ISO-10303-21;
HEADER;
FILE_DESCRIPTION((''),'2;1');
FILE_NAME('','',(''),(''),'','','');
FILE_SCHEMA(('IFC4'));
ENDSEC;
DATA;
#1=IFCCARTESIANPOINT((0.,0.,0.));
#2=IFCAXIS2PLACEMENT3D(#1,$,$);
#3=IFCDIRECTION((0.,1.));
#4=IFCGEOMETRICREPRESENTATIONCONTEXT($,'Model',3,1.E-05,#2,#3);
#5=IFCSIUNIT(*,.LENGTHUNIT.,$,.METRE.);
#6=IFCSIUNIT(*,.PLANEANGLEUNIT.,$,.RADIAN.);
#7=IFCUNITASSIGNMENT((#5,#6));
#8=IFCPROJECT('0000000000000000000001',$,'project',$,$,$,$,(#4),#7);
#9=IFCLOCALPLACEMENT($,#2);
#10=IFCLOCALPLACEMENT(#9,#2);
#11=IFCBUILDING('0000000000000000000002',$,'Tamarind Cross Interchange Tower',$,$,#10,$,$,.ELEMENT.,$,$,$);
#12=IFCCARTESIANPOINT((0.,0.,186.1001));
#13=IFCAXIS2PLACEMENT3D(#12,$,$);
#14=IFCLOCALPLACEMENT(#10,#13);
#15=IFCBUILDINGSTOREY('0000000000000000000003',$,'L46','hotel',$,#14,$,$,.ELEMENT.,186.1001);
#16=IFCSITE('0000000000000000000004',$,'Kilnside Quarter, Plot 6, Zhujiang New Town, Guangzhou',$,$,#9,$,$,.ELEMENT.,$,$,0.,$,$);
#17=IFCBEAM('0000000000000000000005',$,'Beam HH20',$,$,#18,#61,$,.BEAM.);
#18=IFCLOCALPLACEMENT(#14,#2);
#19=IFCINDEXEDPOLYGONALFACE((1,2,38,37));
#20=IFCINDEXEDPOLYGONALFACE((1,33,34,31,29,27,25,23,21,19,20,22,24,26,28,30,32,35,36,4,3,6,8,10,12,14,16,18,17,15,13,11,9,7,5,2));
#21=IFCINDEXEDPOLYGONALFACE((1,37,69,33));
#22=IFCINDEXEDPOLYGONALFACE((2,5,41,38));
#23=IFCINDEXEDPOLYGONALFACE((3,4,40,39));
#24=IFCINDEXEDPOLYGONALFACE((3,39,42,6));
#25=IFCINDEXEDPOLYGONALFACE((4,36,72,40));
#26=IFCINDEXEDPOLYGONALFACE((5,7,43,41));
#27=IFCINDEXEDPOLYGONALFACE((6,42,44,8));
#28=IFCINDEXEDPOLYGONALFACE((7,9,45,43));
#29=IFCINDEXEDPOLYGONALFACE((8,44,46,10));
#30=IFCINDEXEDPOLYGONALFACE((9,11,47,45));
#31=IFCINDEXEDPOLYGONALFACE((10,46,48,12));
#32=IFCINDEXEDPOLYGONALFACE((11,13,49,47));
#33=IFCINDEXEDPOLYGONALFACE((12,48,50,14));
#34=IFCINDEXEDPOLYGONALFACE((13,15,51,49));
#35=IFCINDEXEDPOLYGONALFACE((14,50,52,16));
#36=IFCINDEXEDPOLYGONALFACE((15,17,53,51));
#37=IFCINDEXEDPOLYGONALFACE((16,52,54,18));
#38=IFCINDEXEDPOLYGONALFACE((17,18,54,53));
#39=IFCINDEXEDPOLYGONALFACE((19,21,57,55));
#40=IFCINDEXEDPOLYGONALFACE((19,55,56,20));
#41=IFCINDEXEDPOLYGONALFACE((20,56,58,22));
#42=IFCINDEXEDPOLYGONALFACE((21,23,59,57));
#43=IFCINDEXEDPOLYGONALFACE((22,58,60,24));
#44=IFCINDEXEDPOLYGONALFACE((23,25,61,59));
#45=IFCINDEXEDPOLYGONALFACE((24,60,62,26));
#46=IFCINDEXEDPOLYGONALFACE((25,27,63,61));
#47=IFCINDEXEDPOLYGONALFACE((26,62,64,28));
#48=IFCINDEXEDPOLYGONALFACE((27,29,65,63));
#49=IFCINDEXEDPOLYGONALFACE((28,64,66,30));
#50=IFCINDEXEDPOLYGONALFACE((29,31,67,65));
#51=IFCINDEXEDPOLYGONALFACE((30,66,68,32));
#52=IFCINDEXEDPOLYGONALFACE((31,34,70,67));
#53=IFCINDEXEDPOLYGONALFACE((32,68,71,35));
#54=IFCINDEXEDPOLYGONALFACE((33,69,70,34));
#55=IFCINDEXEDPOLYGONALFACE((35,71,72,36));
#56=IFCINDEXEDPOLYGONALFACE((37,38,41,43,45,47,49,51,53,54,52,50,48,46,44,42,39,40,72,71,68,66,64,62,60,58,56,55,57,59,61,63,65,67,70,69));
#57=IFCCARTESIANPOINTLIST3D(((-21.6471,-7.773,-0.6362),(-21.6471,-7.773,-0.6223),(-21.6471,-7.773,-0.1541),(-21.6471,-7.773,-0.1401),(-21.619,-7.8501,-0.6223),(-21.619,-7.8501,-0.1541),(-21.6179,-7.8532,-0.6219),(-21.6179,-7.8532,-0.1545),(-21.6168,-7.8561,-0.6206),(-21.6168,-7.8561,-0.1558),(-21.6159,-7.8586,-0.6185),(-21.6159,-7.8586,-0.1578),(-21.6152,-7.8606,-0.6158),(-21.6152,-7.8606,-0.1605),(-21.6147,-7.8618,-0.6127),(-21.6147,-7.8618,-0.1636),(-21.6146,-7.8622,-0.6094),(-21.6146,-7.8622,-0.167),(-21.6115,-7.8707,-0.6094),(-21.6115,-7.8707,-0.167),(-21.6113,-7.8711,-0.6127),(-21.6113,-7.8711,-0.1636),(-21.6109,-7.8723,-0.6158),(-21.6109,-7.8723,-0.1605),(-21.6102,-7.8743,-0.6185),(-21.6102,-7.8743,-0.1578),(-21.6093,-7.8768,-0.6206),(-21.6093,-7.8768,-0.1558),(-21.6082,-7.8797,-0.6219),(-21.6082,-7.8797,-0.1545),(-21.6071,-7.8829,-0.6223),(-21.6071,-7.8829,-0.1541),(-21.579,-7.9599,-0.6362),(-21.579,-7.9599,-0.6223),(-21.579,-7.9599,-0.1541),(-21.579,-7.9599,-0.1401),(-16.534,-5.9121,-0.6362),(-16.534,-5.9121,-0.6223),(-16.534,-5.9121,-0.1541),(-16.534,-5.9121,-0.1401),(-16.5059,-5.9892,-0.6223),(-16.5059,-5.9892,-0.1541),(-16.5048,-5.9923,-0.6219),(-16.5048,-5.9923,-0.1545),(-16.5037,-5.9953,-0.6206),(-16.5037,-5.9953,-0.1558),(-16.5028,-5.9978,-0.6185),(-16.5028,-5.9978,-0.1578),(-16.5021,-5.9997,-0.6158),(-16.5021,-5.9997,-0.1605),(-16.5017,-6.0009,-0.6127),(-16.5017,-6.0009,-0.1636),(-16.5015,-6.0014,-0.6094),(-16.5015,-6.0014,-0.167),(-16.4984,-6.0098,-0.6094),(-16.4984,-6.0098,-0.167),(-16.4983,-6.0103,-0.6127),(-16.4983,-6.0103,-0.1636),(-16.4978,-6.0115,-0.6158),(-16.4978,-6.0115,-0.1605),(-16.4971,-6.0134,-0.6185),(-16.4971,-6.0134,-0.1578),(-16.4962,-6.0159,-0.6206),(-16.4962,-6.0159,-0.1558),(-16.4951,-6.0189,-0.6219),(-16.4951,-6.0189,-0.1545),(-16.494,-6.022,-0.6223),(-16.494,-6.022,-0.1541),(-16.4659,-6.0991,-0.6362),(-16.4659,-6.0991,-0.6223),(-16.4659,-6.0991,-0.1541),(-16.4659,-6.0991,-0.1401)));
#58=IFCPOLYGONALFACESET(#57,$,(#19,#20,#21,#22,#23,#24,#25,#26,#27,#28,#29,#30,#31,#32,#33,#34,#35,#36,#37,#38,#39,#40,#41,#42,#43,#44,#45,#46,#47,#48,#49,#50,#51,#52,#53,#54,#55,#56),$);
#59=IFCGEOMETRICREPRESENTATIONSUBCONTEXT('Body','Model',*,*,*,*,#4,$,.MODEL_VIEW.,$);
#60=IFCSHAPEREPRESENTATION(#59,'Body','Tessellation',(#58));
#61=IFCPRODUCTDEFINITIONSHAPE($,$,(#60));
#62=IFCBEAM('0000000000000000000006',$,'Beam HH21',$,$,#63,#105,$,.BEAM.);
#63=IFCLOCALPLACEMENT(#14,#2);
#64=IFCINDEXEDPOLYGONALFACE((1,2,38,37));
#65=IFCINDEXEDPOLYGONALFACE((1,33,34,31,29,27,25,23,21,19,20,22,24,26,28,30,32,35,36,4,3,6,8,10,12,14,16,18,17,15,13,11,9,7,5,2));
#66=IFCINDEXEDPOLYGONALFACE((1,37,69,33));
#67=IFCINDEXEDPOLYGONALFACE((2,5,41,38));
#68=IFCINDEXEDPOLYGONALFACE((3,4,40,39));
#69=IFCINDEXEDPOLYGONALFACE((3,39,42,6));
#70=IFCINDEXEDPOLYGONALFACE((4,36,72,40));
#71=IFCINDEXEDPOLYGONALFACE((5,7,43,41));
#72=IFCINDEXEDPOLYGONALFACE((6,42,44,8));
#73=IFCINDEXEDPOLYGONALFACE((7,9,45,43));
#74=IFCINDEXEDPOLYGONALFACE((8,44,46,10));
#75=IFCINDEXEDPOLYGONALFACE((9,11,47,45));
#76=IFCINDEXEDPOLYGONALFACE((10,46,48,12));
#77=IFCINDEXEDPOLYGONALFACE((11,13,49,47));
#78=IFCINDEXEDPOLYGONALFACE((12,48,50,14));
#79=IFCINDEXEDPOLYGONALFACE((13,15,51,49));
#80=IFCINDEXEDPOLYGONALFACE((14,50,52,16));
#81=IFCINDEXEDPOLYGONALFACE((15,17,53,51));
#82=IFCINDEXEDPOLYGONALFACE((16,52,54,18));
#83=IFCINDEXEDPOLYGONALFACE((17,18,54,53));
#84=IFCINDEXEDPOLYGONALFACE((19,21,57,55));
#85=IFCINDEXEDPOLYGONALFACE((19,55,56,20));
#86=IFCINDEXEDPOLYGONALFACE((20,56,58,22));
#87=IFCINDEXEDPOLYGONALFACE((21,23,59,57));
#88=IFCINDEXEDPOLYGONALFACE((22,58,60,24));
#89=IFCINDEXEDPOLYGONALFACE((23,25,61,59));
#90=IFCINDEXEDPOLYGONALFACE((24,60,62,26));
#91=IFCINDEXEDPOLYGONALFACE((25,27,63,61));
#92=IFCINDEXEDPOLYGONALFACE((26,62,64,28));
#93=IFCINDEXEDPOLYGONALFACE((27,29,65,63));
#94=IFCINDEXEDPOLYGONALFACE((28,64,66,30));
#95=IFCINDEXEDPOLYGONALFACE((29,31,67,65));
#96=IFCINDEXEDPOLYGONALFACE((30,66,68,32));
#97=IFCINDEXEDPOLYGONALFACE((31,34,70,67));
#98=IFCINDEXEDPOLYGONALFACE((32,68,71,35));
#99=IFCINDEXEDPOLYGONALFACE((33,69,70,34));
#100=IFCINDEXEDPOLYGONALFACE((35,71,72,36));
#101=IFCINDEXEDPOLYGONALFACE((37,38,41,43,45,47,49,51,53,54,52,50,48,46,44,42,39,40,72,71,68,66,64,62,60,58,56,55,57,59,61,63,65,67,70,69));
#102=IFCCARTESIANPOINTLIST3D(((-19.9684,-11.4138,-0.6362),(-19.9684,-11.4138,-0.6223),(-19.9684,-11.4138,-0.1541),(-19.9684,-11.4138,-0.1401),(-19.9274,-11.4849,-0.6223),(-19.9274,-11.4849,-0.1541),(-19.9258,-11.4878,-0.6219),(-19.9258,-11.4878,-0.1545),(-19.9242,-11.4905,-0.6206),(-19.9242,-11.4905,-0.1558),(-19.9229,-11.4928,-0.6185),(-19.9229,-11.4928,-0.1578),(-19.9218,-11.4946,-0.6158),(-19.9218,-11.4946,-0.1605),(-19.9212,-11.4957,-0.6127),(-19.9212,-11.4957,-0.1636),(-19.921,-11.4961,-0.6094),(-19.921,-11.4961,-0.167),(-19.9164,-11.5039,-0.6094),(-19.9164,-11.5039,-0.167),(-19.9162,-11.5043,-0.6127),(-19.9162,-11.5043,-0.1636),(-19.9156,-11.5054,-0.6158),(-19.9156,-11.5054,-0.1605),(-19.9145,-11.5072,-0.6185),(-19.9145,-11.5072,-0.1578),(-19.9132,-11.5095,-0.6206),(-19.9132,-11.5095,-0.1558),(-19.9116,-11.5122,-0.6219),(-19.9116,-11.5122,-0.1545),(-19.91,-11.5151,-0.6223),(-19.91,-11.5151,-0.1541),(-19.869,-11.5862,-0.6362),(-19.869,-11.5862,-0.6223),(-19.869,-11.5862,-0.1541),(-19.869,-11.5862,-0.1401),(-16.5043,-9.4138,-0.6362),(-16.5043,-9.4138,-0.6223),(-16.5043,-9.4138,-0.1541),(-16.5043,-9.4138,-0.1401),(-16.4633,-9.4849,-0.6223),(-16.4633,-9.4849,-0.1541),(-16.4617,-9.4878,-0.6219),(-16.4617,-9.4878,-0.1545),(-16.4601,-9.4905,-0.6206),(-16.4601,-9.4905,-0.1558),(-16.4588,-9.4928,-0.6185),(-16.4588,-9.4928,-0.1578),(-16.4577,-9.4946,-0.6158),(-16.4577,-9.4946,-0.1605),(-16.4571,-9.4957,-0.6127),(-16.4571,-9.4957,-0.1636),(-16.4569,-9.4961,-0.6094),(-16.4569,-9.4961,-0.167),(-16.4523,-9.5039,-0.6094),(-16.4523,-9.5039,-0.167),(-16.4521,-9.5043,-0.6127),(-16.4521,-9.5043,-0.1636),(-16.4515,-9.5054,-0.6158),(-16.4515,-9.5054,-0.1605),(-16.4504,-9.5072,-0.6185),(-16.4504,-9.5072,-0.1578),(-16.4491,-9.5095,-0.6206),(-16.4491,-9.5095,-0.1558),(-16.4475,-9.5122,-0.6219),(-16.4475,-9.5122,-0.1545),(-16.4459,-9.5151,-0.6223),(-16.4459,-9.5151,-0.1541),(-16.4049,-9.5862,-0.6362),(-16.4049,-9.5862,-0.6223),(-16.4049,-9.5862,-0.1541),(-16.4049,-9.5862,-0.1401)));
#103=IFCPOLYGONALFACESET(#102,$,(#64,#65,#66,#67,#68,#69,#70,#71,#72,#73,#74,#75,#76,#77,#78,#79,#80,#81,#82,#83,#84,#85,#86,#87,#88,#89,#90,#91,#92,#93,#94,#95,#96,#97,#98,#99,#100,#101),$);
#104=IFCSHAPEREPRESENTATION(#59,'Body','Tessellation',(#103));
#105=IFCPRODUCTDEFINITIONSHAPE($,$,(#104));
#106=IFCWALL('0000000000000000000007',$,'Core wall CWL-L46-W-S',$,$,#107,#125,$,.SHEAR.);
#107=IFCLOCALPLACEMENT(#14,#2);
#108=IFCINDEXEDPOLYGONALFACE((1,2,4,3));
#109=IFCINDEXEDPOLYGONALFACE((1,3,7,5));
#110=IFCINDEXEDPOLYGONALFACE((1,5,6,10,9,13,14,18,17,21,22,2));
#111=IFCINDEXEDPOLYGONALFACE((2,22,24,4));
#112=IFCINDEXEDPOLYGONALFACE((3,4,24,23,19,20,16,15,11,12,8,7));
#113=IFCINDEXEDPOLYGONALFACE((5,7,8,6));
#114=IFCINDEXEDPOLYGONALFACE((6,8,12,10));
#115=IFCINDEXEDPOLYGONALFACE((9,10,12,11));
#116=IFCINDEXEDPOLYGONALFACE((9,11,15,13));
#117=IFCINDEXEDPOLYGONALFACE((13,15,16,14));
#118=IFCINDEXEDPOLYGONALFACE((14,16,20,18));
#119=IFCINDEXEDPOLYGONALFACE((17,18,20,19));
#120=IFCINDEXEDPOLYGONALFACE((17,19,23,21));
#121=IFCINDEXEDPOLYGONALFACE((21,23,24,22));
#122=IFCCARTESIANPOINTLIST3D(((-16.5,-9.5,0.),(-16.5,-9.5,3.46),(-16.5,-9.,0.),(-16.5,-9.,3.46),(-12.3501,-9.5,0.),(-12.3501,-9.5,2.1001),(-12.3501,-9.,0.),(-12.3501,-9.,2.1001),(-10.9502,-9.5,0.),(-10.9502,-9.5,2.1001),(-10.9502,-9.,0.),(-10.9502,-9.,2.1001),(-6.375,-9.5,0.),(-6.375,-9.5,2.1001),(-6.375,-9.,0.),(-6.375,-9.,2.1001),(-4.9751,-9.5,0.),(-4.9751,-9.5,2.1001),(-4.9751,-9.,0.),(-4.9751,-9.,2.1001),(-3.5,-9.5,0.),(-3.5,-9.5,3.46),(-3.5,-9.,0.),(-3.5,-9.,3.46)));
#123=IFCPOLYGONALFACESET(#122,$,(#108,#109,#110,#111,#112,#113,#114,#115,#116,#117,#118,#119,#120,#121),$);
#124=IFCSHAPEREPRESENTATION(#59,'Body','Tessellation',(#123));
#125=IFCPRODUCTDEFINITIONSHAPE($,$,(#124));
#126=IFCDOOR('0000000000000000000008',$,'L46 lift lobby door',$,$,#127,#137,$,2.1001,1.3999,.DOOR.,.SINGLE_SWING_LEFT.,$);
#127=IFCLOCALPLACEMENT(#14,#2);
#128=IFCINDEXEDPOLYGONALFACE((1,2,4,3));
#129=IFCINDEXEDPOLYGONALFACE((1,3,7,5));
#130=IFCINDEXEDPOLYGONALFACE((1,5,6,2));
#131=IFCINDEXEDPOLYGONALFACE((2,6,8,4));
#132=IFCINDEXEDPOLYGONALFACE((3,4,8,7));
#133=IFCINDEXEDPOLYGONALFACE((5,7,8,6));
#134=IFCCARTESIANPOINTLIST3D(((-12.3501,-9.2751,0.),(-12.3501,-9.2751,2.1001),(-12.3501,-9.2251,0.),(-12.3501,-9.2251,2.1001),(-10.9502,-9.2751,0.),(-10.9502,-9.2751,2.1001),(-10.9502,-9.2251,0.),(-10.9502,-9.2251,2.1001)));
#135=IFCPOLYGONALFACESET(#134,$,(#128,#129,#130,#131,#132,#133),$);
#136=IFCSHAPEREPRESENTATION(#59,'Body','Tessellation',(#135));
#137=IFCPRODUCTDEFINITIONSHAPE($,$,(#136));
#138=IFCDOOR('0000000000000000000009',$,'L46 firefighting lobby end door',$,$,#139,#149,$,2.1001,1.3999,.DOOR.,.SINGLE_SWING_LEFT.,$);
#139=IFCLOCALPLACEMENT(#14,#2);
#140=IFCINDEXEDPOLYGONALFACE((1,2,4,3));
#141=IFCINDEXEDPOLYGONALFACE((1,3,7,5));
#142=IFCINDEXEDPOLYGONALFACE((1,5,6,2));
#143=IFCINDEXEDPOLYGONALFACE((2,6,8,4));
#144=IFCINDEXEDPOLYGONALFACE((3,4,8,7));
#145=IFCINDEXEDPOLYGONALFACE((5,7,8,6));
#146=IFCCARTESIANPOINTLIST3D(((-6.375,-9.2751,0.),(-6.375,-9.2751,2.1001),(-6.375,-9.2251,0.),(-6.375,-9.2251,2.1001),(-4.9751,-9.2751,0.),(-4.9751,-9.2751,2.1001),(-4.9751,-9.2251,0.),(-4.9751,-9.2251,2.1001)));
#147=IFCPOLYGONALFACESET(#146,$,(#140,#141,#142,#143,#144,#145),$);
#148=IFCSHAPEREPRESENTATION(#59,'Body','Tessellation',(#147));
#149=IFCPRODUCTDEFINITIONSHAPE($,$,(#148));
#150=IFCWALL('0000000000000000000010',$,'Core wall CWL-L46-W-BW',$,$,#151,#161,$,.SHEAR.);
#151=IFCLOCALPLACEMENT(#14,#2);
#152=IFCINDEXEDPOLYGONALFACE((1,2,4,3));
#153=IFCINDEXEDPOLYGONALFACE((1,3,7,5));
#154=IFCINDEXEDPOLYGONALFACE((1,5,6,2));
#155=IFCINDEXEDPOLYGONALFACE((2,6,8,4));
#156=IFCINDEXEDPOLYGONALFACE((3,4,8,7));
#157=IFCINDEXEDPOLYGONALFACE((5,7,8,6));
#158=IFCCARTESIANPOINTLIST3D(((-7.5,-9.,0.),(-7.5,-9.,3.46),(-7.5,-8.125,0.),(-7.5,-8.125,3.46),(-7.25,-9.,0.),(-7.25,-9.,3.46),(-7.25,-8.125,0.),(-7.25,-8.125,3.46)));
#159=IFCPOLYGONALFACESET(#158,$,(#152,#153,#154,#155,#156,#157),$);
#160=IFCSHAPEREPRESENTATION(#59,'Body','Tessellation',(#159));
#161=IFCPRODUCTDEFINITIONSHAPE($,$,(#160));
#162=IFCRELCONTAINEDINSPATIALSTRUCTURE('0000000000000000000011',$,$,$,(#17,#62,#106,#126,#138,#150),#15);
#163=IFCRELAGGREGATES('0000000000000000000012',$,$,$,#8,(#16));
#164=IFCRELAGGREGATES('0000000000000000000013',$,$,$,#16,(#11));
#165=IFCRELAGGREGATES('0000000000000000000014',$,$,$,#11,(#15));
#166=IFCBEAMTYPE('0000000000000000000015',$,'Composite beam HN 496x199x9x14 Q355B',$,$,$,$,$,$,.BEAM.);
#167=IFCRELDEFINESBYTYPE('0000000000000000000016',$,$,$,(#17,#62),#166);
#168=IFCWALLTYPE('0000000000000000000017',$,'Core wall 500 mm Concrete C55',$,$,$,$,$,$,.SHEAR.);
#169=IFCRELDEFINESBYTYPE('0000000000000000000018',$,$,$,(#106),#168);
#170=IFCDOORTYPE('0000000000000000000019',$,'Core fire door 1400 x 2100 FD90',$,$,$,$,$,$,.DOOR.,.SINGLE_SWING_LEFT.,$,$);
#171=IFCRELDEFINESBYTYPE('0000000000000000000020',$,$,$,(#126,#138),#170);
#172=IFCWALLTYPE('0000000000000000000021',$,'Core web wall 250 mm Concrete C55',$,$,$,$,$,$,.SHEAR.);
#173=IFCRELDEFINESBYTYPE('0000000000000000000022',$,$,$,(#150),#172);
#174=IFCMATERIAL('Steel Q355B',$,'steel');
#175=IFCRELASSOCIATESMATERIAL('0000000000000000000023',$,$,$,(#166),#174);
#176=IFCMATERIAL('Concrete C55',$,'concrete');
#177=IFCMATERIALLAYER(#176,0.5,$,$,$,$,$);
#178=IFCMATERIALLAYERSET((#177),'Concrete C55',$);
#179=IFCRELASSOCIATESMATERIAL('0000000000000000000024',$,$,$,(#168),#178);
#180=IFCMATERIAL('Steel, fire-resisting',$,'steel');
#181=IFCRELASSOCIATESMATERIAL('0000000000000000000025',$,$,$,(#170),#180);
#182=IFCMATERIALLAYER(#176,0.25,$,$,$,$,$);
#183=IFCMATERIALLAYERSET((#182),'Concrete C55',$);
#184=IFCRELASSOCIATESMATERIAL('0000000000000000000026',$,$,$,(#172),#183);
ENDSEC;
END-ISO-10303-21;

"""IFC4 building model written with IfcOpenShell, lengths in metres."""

from ifc_helpers import new_model, si_unit, direction, frame, frame_2d, origin, origin_2d, place, context, subcontext, project, spatial, rectangle, i_section, extrude, material, layer, layer_set, material_profile, profile_set, type_object, element, fill, save


model = new_model("IFC4")

# Units and contexts
model_context = context("Model", 3, precision=1e-05, world=origin(), true_north=direction((0.0, 1.0)))
body_context = subcontext(model_context, "Body", "Model", "MODEL_VIEW")
ifc_project = project(units=[si_unit("LENGTHUNIT", "METRE"), si_unit("PLANEANGLEUNIT", "RADIAN")], contexts=[model_context])

# Site, building, storey
site_placement = place(None, origin())
site = spatial("IfcSite", under=ifc_project, at=site_placement, Name="Kilnside Quarter, Plot 6, Zhujiang New Town, Guangzhou", CompositionType="ELEMENT", RefElevation=0.0)
building_placement = place(site_placement, origin())
building = spatial("IfcBuilding", under=site, at=building_placement, Name="Tamarind Cross Interchange Tower", CompositionType="ELEMENT")
storey_placement = place(building_placement, frame((0.0, 0.0, 186.1001)))
storey = spatial("IfcBuildingStorey", under=building, at=storey_placement, Name="L46", Description="hotel", CompositionType="ELEMENT", Elevation=186.1001)

# Shared definitions
ifc_material_1 = material(Name="Concrete C55", Category="concrete")

# Beams
ifc_material_2 = material(Name="Steel Q355B", Category="steel")
ifc_material_profile_1 = material_profile(ifc_material_2, i_section(OverallWidth=0.199, OverallDepth=0.4961, WebThickness=0.009, FlangeThickness=0.0139, FilletRadius=0.0129, at=origin_2d()), Name="HN 496x199x9x14")
ifc_profile_set_1 = profile_set([ifc_material_profile_1], Name="Steel Q355B")
beam_type = type_object("IfcBeamType", Name="Composite beam HN 496x199x9x14 Q355B", PredefinedType="BEAM", material=ifc_profile_set_1)
beam_1_placement = place(storey_placement, frame((-21.613, -7.8665, -0.3882), z_axis=(0.939702, 0.341995, 0.0), x_axis=(-0.341995, 0.939702, 0.0)))
element("IfcBeam", 1, at=beam_1_placement, inside=storey, type_object=beam_type, Name="Beam HH20", PredefinedType="BEAM", context=body_context, shape_type="SweptSolid", body=[
    extrude(i_section(OverallWidth=0.199, OverallDepth=0.4961, WebThickness=0.009, FlangeThickness=0.0139, FilletRadius=0.0129, at=origin_2d()), origin(), (0.0, 0.0, 1.0), 5.4412),
])
beam_2_placement = place(storey_placement, frame((-19.9187, -11.5, -0.3882), z_axis=(0.866026, 0.499999, 0.0), x_axis=(-0.499999, 0.866026, 0.0)))
element("IfcBeam", 2, at=beam_2_placement, inside=storey, type_object=beam_type, Name="Beam HH21", PredefinedType="BEAM", context=body_context, shape_type="SweptSolid", body=[
    extrude(i_section(OverallWidth=0.199, OverallDepth=0.4961, WebThickness=0.009, FlangeThickness=0.0139, FilletRadius=0.0129, at=origin_2d()), origin(), (0.0, 0.0, 1.0), 4.0),
])

# Wall, openings, doors
ifc_layer_1 = layer(ifc_material_1, 0.5)
ifc_layer_set_1 = layer_set([ifc_layer_1], Name="Concrete C55")
wall_type_1 = type_object("IfcWallType", Name="Core wall 500 mm Concrete C55", PredefinedType="SHEAR", material=ifc_layer_set_1)
wall_1_placement = place(storey_placement, frame((-16.5, -9.25, 0.0), z_axis=(0.0, 0.0, 1.0), x_axis=(1.0, 0.0, 0.0)))
wall_1 = element("IfcWall", 3, at=wall_1_placement, inside=storey, type_object=wall_type_1, Name="Core wall CWL-L46-W-S", PredefinedType="SHEAR", context=body_context, shape_type="SweptSolid", body=[
    extrude(rectangle(XDim=13.0, YDim=0.5, at=frame_2d((6.5, 0.0))), origin(), (0.0, 0.0, 1.0), 3.46),
])
opening_1_placement = place(wall_1_placement, frame((4.1499, 0.0, 0.0)))
opening_1 = element("IfcOpeningElement", 4, at=opening_1_placement, cuts=wall_1, PredefinedType="OPENING", context=body_context, shape_type="SweptSolid", body=[
    extrude(rectangle(XDim=1.3999, YDim=2.1001, at=frame_2d((0.7, 1.05))), frame((0.0, 0.26, 0.0), z_axis=(0.0, -1.0, 0.0), x_axis=(1.0, 0.0, 0.0)), (0.0, 0.0, 1.0), 0.52),
])
opening_2_placement = place(wall_1_placement, frame((10.125, 0.0, 0.0)))
opening_2 = element("IfcOpeningElement", 5, at=opening_2_placement, cuts=wall_1, PredefinedType="OPENING", context=body_context, shape_type="SweptSolid", body=[
    extrude(rectangle(XDim=1.3999, YDim=2.1001, at=frame_2d((0.7, 1.05))), frame((0.0, 0.26, 0.0), z_axis=(0.0, -1.0, 0.0), x_axis=(1.0, 0.0, 0.0)), (0.0, 0.0, 1.0), 0.52),
])
ifc_material_3 = material(Name="Steel, fire-resisting", Category="steel")
door_type_1 = type_object("IfcDoorType", Name="Core fire door 1400 x 2100 FD90", OperationType="SINGLE_SWING_LEFT", PredefinedType="DOOR", material=ifc_material_3)
door_1_placement = place(opening_1_placement, origin())
door_1 = element("IfcDoor", 6, at=door_1_placement, inside=storey, type_object=door_type_1, Name="L46 lift lobby door", OperationType="SINGLE_SWING_LEFT", OverallHeight=2.1001, OverallWidth=1.3999, PredefinedType="DOOR", context=body_context, shape_type="SweptSolid", body=[
    extrude(rectangle(XDim=1.3999, YDim=2.1001, at=frame_2d((0.7, 1.05))), frame((0.0, 0.0249, 0.0), z_axis=(0.0, -1.0, 0.0), x_axis=(1.0, 0.0, 0.0)), (0.0, 0.0, 1.0), 0.05),
])
fill(opening_1, door_1)
door_2_placement = place(opening_2_placement, origin())
door_2 = element("IfcDoor", 7, at=door_2_placement, inside=storey, type_object=door_type_1, Name="L46 firefighting lobby end door", OperationType="SINGLE_SWING_LEFT", OverallHeight=2.1001, OverallWidth=1.3999, PredefinedType="DOOR", context=body_context, shape_type="SweptSolid", body=[
    extrude(rectangle(XDim=1.3999, YDim=2.1001, at=frame_2d((0.7, 1.05))), frame((0.0, 0.0249, 0.0), z_axis=(0.0, -1.0, 0.0), x_axis=(1.0, 0.0, 0.0)), (0.0, 0.0, 1.0), 0.05),
])
fill(opening_2, door_2)

# Wall
ifc_layer_2 = layer(ifc_material_1, 0.25)
ifc_layer_set_2 = layer_set([ifc_layer_2], Name="Concrete C55")
wall_type_2 = type_object("IfcWallType", Name="Core web wall 250 mm Concrete C55", PredefinedType="SHEAR", material=ifc_layer_set_2)
wall_2_placement = place(storey_placement, frame((-7.375, -9.0, 0.0), z_axis=(0.0, 0.0, 1.0), x_axis=(0.0, 1.0, 0.0)))
element("IfcWall", 8, at=wall_2_placement, inside=storey, type_object=wall_type_2, Name="Core wall CWL-L46-W-BW", PredefinedType="SHEAR", context=body_context, shape_type="SweptSolid", body=[
    extrude(rectangle(XDim=0.875, YDim=0.25, at=frame_2d((0.4375, 0.0))), origin(), (0.0, 0.0, 1.0), 3.46),
])

save(model, "model.ifc")
